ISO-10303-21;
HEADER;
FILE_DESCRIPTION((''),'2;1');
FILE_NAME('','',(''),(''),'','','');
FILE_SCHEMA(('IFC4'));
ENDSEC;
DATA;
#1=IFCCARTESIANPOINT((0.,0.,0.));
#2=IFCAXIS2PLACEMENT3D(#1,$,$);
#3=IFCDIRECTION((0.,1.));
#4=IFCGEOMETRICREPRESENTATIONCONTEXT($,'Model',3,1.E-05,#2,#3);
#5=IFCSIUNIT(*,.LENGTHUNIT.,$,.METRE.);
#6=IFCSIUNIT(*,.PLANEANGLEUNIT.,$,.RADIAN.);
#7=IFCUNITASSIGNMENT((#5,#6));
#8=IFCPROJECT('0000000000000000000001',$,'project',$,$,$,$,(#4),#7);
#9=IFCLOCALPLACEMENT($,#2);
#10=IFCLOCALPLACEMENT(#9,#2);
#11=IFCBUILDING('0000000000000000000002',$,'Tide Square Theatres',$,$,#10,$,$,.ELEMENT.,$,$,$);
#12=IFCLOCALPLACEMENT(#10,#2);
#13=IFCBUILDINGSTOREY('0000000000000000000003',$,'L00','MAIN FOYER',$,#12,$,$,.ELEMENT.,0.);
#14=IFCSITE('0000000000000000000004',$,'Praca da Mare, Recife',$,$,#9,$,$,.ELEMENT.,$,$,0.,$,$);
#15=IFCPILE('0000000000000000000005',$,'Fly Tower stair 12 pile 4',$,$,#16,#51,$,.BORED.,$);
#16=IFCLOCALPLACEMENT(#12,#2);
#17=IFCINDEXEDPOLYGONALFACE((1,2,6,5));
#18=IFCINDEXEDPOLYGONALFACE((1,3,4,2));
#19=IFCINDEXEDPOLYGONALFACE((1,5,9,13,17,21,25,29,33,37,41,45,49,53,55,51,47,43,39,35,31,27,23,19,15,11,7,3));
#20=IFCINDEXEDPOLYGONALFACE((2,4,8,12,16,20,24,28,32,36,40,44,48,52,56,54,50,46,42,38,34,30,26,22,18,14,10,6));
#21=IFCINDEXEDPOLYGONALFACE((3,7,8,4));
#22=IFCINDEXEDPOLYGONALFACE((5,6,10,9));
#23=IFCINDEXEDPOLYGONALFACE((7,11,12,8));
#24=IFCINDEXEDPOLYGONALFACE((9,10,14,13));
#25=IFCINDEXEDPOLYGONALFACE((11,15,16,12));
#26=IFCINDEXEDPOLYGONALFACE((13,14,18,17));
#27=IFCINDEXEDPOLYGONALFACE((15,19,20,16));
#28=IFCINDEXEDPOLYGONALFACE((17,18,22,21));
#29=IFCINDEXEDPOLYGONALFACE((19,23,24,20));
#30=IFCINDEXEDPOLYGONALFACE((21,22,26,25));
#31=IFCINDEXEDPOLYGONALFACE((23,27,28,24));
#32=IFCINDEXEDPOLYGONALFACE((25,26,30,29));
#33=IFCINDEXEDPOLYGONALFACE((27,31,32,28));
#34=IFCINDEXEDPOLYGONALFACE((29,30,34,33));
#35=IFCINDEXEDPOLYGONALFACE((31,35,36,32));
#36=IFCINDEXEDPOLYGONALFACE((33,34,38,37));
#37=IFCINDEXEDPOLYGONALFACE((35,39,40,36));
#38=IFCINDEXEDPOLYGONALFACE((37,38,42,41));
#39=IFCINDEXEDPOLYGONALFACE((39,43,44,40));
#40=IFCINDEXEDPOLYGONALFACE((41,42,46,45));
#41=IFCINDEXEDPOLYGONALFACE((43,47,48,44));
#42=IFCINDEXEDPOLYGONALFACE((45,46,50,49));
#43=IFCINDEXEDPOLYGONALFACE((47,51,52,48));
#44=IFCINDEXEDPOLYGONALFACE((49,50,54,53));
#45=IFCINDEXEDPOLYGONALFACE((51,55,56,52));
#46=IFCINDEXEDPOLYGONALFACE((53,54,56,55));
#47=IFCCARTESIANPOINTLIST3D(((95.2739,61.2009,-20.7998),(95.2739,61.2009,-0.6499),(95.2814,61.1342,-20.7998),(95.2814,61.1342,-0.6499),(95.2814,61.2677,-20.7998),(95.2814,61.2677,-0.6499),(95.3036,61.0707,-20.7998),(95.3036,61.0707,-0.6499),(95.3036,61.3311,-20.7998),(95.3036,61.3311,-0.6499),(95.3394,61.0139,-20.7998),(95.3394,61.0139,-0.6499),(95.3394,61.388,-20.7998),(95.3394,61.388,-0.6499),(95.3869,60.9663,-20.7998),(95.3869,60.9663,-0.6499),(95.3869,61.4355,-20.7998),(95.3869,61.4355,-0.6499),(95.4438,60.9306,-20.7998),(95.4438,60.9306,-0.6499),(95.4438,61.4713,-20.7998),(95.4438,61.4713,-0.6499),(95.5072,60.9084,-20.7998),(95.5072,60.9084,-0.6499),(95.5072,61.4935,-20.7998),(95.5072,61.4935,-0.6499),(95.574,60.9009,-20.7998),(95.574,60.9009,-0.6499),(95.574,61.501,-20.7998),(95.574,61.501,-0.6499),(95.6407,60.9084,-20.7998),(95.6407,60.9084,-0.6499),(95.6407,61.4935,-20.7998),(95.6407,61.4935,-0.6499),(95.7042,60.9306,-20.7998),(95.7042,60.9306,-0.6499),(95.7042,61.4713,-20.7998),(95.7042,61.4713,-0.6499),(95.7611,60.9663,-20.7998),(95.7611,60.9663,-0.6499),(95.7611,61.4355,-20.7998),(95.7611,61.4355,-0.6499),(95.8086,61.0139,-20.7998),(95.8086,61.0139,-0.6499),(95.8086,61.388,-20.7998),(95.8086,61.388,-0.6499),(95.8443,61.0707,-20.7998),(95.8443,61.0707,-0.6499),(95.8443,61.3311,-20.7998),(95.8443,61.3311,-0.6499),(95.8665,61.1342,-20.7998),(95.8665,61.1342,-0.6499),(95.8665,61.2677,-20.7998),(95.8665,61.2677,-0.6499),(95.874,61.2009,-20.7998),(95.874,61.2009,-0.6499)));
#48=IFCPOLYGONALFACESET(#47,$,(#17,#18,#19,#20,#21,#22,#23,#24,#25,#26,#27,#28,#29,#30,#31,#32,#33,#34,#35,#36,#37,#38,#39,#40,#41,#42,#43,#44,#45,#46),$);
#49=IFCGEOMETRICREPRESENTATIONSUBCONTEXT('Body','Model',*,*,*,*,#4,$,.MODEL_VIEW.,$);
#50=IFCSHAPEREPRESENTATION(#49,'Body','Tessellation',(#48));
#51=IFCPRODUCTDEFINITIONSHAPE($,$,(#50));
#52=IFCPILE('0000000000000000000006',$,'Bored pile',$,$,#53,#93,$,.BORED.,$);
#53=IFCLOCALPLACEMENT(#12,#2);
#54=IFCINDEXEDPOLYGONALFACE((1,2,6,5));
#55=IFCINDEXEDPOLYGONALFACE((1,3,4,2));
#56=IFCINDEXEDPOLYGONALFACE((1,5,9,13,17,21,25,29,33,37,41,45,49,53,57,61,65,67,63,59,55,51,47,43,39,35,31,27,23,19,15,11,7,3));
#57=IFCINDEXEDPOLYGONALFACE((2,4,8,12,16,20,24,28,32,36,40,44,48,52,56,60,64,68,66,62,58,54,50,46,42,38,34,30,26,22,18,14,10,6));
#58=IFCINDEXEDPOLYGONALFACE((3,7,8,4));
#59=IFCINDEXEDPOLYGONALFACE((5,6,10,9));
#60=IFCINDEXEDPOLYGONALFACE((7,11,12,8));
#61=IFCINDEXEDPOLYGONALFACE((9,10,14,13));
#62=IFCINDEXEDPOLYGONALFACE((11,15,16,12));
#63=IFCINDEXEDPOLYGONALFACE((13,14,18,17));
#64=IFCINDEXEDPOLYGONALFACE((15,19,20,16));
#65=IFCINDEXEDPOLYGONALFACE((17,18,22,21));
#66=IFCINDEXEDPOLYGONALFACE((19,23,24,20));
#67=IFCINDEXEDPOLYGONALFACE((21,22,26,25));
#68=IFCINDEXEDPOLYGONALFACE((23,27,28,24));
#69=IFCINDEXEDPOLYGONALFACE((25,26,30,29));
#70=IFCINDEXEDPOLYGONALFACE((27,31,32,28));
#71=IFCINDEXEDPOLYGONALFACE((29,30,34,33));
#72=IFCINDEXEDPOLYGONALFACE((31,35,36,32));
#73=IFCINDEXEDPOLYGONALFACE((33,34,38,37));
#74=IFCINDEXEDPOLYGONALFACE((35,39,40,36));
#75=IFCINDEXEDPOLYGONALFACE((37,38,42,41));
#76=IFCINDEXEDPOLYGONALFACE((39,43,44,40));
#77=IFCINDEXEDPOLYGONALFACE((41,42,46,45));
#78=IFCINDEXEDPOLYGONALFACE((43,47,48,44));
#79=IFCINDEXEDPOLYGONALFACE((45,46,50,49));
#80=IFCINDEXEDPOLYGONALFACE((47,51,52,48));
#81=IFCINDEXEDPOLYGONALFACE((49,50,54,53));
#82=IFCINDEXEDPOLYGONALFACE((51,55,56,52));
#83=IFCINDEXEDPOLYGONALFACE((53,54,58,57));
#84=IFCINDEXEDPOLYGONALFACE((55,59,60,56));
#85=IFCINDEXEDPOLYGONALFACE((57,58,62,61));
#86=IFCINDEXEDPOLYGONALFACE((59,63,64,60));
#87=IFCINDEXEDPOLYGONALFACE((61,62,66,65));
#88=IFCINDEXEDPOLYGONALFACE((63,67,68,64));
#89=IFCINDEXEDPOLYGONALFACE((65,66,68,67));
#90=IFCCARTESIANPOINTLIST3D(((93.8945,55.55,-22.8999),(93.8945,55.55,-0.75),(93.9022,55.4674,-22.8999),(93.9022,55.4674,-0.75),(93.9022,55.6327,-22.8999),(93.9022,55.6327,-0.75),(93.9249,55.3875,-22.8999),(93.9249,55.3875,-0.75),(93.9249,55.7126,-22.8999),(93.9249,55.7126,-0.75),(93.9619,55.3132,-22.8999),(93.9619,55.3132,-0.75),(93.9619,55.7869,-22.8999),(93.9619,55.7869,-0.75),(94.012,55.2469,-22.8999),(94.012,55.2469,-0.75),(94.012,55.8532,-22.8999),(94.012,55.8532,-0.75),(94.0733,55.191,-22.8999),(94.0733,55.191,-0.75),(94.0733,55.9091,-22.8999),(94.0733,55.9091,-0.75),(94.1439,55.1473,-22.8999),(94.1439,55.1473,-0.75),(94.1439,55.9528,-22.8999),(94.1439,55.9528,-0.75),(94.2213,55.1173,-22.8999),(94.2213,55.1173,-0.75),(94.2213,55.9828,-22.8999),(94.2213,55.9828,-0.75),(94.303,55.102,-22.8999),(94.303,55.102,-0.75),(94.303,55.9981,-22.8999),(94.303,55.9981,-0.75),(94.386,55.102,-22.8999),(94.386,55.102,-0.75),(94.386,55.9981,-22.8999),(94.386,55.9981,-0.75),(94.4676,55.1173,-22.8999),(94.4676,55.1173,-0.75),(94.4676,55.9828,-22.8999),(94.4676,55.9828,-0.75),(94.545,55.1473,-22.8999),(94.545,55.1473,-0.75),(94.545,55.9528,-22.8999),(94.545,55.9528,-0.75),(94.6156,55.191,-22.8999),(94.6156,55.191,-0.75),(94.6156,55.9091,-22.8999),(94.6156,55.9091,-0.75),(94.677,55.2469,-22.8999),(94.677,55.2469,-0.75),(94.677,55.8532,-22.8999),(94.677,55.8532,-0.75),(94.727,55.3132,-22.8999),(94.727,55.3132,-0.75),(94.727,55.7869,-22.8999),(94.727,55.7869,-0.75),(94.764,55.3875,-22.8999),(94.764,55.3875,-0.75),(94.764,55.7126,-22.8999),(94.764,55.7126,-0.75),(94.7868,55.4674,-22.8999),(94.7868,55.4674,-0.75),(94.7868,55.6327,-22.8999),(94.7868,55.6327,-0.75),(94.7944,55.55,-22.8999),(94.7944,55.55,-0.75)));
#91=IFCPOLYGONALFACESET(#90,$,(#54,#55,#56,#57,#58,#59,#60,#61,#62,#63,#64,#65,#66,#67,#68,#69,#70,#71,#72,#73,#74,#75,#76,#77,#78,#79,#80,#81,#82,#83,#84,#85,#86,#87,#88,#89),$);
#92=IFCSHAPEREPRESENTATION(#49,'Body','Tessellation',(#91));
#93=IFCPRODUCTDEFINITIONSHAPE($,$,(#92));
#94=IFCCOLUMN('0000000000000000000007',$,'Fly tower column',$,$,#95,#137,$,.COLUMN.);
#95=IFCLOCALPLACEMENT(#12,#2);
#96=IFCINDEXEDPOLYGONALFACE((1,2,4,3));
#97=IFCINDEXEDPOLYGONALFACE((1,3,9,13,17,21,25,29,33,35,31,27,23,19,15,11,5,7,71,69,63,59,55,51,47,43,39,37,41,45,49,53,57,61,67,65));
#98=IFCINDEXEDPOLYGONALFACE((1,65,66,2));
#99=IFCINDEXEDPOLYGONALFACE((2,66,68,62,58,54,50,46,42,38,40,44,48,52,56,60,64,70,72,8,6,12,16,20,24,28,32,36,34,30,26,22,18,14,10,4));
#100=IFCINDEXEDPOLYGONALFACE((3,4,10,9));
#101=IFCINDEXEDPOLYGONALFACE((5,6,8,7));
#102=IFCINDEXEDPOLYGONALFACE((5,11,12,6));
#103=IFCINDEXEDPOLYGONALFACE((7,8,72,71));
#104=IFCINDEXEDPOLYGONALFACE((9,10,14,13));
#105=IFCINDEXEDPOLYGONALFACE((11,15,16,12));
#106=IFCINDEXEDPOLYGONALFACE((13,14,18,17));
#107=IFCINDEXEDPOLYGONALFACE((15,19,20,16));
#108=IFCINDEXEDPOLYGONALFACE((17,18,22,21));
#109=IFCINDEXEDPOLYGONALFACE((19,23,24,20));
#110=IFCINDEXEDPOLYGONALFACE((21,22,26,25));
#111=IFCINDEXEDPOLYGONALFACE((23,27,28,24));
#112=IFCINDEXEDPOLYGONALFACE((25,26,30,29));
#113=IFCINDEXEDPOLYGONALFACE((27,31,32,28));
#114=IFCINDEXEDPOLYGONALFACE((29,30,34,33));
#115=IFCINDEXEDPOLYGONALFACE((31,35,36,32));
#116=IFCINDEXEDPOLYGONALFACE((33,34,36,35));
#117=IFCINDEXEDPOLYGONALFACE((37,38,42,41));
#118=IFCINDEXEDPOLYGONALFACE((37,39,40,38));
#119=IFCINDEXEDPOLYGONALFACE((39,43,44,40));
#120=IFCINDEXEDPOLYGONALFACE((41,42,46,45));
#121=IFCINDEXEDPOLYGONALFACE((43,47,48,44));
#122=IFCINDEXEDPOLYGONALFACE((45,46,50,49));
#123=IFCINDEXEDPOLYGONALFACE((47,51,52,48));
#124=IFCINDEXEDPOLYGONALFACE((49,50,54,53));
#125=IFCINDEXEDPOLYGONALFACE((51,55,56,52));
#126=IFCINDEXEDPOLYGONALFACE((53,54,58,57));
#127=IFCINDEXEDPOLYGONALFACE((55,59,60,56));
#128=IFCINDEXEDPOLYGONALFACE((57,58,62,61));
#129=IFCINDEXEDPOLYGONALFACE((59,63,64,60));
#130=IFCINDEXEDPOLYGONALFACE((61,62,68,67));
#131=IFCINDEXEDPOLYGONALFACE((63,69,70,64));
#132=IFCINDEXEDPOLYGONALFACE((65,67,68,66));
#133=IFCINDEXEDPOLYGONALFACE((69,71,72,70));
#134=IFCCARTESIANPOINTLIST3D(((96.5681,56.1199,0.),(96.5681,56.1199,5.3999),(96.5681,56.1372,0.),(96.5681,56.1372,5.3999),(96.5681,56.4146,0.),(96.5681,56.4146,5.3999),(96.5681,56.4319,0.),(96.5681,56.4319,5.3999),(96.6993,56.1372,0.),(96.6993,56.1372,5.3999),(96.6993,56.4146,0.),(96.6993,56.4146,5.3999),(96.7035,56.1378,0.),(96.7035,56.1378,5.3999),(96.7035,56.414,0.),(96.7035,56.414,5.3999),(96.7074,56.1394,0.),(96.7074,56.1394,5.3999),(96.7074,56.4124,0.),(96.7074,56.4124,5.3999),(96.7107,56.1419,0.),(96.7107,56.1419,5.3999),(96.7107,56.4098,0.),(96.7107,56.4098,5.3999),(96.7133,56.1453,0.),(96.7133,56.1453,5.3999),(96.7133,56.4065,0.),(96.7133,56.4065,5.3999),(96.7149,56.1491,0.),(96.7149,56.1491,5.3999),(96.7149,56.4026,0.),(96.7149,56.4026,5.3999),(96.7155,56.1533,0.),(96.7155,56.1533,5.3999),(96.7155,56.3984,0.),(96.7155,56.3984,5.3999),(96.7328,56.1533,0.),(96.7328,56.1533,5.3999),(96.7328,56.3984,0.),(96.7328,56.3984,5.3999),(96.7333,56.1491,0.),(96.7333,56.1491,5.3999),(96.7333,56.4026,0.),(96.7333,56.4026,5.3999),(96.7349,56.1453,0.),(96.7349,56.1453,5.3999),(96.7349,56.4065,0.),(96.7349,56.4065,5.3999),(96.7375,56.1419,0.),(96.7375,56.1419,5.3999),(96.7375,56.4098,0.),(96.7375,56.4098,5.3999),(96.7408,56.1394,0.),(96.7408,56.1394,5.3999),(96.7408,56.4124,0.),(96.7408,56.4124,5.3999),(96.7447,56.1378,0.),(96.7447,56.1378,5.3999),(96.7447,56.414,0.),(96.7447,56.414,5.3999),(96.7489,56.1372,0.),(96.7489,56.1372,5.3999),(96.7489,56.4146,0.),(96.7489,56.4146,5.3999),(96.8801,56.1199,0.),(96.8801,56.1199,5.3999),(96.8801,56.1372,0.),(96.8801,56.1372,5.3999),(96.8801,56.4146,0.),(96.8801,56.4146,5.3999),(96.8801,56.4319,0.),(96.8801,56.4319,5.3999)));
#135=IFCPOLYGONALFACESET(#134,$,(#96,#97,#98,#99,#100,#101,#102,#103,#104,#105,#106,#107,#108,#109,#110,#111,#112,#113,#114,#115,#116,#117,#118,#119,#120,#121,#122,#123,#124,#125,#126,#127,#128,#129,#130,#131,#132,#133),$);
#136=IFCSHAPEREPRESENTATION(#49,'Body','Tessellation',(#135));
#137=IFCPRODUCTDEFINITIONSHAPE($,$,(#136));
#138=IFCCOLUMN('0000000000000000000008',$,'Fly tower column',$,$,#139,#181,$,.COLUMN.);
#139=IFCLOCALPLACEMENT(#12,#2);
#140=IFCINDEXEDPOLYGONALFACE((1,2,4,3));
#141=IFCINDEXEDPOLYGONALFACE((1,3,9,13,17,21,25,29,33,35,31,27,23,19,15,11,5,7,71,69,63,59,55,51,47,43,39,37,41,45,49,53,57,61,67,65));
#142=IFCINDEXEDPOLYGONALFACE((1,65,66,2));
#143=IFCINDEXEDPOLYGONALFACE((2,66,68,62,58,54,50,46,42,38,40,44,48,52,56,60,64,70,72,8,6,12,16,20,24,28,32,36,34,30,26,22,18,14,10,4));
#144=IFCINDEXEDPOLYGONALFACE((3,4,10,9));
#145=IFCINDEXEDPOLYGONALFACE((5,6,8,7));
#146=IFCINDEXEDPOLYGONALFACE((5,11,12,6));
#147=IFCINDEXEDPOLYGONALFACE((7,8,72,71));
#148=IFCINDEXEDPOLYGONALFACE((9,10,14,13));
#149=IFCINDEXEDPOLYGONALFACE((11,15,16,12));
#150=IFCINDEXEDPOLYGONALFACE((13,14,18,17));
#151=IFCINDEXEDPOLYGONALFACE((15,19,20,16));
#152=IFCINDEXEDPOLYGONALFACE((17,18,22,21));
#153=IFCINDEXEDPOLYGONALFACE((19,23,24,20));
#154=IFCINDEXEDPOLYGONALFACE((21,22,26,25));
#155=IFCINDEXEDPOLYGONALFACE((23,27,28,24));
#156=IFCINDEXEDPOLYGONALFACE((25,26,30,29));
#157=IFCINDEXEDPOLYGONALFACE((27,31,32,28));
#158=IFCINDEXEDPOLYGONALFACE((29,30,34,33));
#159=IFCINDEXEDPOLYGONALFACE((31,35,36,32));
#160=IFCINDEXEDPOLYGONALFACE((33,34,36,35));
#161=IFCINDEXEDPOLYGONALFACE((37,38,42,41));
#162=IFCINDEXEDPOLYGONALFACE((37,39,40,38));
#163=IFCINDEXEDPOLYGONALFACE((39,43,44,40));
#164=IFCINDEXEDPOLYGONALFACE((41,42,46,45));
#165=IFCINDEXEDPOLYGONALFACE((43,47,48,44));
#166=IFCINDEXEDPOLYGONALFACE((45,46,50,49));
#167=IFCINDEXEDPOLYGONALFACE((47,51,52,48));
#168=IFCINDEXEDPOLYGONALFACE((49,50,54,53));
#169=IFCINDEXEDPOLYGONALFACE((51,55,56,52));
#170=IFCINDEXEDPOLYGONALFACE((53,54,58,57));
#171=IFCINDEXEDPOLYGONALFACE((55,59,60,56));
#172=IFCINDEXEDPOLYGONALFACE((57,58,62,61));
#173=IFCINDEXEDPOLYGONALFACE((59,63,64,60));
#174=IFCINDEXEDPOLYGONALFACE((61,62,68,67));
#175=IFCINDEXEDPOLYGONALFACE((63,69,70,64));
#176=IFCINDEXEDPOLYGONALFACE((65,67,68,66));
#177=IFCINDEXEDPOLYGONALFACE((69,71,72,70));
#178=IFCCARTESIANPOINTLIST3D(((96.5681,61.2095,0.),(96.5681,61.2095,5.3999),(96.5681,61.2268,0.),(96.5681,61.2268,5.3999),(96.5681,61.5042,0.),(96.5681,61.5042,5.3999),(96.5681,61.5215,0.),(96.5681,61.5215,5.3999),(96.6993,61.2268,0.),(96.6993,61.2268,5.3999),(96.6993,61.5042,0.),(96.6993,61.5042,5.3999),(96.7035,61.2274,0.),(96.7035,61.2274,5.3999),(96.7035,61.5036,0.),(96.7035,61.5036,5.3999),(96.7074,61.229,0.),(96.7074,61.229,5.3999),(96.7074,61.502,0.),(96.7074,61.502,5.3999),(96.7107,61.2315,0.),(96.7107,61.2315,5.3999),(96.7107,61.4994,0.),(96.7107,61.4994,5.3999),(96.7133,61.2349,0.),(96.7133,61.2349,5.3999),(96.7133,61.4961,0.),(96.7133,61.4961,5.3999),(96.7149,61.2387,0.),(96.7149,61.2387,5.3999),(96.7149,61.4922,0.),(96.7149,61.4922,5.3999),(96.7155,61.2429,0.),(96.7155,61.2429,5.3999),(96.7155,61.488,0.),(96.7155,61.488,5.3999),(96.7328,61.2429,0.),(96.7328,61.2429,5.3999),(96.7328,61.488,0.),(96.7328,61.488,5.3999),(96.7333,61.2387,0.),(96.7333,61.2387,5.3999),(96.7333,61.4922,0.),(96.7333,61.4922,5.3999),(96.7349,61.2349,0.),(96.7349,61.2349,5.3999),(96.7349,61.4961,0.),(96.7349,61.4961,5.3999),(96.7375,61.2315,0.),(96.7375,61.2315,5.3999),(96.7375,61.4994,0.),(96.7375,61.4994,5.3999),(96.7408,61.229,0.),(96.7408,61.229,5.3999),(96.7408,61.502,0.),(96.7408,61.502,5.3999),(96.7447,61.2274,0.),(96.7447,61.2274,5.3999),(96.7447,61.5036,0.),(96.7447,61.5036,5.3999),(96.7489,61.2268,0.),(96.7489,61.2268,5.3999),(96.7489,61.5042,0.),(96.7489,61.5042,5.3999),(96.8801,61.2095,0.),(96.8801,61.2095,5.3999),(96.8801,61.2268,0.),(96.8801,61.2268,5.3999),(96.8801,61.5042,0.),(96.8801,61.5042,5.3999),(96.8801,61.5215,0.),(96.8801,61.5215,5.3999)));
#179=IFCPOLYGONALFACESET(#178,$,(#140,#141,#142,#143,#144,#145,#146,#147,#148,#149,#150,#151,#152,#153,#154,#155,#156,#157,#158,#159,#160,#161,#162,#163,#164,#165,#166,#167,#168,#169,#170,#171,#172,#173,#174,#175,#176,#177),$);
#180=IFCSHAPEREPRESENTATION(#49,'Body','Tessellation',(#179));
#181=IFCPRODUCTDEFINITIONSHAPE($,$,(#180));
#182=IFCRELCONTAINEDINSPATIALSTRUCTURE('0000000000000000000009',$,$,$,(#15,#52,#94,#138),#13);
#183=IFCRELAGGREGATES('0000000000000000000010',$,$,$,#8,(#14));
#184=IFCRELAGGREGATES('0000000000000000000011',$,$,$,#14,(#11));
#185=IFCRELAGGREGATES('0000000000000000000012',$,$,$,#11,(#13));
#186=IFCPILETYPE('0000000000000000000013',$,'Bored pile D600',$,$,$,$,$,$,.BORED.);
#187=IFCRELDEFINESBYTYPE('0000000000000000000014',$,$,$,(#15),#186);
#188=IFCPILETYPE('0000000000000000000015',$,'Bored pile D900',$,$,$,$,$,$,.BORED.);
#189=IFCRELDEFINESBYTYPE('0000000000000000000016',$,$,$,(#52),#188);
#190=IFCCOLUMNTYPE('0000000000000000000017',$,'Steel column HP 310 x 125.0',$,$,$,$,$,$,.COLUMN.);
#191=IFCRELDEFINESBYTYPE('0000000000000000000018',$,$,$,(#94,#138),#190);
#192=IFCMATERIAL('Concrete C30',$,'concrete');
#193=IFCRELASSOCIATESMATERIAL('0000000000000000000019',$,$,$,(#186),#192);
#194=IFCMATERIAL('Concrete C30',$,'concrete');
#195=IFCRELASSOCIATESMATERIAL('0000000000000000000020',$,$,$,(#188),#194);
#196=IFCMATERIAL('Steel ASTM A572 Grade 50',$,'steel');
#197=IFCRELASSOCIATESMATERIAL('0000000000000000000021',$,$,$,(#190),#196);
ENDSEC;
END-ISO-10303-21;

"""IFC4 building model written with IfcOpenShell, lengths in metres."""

from ifc_helpers import new_model, si_unit, direction, frame, origin, origin_2d, place, context, subcontext, project, spatial, circle, i_section, extrude, material, material_profile, profile_set, type_object, element, save


model = new_model("IFC4")

# Units and contexts
model_context = context("Model", 3, precision=1e-05, world=origin(), true_north=direction((0.0, 1.0)))
body_context = subcontext(model_context, "Body", "Model", "MODEL_VIEW")
ifc_project = project(units=[si_unit("LENGTHUNIT", "METRE"), si_unit("PLANEANGLEUNIT", "RADIAN")], contexts=[model_context])

# Site, building, storey
site_placement = place(None, origin())
site = spatial("IfcSite", under=ifc_project, at=site_placement, Name="Praca da Mare, Recife", CompositionType="ELEMENT", RefElevation=0.0)
building_placement = place(site_placement, origin())
building = spatial("IfcBuilding", under=site, at=building_placement, Name="Tide Square Theatres", CompositionType="ELEMENT")
storey_placement = place(building_placement, origin())
storey = spatial("IfcBuildingStorey", under=building, at=storey_placement, Name="L00", Description="MAIN FOYER", CompositionType="ELEMENT", Elevation=0.0)

# Piles
ifc_material_1 = material(Name="Concrete C30", Category="concrete")
ifc_material_profile_1 = material_profile(ifc_material_1, circle(Radius=0.3, at=origin_2d()))
ifc_profile_set_1 = profile_set([ifc_material_profile_1], Name="Concrete C30")
pile_type_1 = type_object("IfcPileType", Name="Bored pile D600", PredefinedType="BORED", material=ifc_profile_set_1)
for number, where, z_axis, x_axis, name in (
    (1, (95.574, 61.2009, -0.6499), (0.0, 0.0, -1.0), (1.0, 0.0, 0.0), "Fly Tower stair 12 pile 4"),
):
    element("IfcPile", number, at=place(storey_placement, frame(where, z_axis=z_axis, x_axis=x_axis)), inside=storey, type_object=pile_type_1, Name=name, PredefinedType="BORED", context=body_context, shape_type="SweptSolid", body=[
        extrude(circle(Radius=0.3, at=origin_2d()), origin(), (0.0, 0.0, 1.0), 20.1499),
    ])
ifc_material_2 = material(Name="Concrete C30", Category="concrete")
ifc_material_profile_2 = material_profile(ifc_material_2, circle(Radius=0.45, at=origin_2d()))
ifc_profile_set_2 = profile_set([ifc_material_profile_2], Name="Concrete C30")
pile_type_2 = type_object("IfcPileType", Name="Bored pile D900", PredefinedType="BORED", material=ifc_profile_set_2)
pile_placement = place(storey_placement, frame((94.3445, 55.55, -0.75), z_axis=(0.0, 0.0, -1.0), x_axis=(1.0, 0.0, 0.0)))
element("IfcPile", 2, at=pile_placement, inside=storey, type_object=pile_type_2, Name="Bored pile", PredefinedType="BORED", context=body_context, shape_type="SweptSolid", body=[
    extrude(circle(Radius=0.45, at=origin_2d()), origin(), (0.0, 0.0, 1.0), 22.1499),
])

# Columns
ifc_material_3 = material(Name="Steel ASTM A572 Grade 50", Category="steel")
ifc_material_profile_3 = material_profile(ifc_material_3, i_section(OverallWidth=0.312, OverallDepth=0.312, WebThickness=0.0173, FlangeThickness=0.0173, FilletRadius=0.0161, at=origin_2d()))
ifc_profile_set_3 = profile_set([ifc_material_profile_3], Name="Steel ASTM A572 Grade 50")
column_type_1 = type_object("IfcColumnType", Name="Steel column HP 310 x 125.0", PredefinedType="COLUMN", material=ifc_profile_set_3)
for number, where, z_axis, x_axis, name in (
    (3, (96.7241, 56.2759, 0.0), (0.0, 0.0, 1.0), (1.0, 0.0, 0.0), "Fly tower column"),
    (4, (96.7241, 61.3655, 0.0), (0.0, 0.0, 1.0), (1.0, 0.0, 0.0), "Fly tower column"),
):
    element("IfcColumn", number, at=place(storey_placement, frame(where, z_axis=z_axis, x_axis=x_axis)), inside=storey, type_object=column_type_1, Name=name, PredefinedType="COLUMN", context=body_context, shape_type="SweptSolid", body=[
        extrude(i_section(OverallWidth=0.312, OverallDepth=0.312, WebThickness=0.0173, FlangeThickness=0.0173, FilletRadius=0.0161, at=origin_2d()), origin(), (0.0, 0.0, 1.0), 5.3999),
    ])

save(model, "model.ifc")
